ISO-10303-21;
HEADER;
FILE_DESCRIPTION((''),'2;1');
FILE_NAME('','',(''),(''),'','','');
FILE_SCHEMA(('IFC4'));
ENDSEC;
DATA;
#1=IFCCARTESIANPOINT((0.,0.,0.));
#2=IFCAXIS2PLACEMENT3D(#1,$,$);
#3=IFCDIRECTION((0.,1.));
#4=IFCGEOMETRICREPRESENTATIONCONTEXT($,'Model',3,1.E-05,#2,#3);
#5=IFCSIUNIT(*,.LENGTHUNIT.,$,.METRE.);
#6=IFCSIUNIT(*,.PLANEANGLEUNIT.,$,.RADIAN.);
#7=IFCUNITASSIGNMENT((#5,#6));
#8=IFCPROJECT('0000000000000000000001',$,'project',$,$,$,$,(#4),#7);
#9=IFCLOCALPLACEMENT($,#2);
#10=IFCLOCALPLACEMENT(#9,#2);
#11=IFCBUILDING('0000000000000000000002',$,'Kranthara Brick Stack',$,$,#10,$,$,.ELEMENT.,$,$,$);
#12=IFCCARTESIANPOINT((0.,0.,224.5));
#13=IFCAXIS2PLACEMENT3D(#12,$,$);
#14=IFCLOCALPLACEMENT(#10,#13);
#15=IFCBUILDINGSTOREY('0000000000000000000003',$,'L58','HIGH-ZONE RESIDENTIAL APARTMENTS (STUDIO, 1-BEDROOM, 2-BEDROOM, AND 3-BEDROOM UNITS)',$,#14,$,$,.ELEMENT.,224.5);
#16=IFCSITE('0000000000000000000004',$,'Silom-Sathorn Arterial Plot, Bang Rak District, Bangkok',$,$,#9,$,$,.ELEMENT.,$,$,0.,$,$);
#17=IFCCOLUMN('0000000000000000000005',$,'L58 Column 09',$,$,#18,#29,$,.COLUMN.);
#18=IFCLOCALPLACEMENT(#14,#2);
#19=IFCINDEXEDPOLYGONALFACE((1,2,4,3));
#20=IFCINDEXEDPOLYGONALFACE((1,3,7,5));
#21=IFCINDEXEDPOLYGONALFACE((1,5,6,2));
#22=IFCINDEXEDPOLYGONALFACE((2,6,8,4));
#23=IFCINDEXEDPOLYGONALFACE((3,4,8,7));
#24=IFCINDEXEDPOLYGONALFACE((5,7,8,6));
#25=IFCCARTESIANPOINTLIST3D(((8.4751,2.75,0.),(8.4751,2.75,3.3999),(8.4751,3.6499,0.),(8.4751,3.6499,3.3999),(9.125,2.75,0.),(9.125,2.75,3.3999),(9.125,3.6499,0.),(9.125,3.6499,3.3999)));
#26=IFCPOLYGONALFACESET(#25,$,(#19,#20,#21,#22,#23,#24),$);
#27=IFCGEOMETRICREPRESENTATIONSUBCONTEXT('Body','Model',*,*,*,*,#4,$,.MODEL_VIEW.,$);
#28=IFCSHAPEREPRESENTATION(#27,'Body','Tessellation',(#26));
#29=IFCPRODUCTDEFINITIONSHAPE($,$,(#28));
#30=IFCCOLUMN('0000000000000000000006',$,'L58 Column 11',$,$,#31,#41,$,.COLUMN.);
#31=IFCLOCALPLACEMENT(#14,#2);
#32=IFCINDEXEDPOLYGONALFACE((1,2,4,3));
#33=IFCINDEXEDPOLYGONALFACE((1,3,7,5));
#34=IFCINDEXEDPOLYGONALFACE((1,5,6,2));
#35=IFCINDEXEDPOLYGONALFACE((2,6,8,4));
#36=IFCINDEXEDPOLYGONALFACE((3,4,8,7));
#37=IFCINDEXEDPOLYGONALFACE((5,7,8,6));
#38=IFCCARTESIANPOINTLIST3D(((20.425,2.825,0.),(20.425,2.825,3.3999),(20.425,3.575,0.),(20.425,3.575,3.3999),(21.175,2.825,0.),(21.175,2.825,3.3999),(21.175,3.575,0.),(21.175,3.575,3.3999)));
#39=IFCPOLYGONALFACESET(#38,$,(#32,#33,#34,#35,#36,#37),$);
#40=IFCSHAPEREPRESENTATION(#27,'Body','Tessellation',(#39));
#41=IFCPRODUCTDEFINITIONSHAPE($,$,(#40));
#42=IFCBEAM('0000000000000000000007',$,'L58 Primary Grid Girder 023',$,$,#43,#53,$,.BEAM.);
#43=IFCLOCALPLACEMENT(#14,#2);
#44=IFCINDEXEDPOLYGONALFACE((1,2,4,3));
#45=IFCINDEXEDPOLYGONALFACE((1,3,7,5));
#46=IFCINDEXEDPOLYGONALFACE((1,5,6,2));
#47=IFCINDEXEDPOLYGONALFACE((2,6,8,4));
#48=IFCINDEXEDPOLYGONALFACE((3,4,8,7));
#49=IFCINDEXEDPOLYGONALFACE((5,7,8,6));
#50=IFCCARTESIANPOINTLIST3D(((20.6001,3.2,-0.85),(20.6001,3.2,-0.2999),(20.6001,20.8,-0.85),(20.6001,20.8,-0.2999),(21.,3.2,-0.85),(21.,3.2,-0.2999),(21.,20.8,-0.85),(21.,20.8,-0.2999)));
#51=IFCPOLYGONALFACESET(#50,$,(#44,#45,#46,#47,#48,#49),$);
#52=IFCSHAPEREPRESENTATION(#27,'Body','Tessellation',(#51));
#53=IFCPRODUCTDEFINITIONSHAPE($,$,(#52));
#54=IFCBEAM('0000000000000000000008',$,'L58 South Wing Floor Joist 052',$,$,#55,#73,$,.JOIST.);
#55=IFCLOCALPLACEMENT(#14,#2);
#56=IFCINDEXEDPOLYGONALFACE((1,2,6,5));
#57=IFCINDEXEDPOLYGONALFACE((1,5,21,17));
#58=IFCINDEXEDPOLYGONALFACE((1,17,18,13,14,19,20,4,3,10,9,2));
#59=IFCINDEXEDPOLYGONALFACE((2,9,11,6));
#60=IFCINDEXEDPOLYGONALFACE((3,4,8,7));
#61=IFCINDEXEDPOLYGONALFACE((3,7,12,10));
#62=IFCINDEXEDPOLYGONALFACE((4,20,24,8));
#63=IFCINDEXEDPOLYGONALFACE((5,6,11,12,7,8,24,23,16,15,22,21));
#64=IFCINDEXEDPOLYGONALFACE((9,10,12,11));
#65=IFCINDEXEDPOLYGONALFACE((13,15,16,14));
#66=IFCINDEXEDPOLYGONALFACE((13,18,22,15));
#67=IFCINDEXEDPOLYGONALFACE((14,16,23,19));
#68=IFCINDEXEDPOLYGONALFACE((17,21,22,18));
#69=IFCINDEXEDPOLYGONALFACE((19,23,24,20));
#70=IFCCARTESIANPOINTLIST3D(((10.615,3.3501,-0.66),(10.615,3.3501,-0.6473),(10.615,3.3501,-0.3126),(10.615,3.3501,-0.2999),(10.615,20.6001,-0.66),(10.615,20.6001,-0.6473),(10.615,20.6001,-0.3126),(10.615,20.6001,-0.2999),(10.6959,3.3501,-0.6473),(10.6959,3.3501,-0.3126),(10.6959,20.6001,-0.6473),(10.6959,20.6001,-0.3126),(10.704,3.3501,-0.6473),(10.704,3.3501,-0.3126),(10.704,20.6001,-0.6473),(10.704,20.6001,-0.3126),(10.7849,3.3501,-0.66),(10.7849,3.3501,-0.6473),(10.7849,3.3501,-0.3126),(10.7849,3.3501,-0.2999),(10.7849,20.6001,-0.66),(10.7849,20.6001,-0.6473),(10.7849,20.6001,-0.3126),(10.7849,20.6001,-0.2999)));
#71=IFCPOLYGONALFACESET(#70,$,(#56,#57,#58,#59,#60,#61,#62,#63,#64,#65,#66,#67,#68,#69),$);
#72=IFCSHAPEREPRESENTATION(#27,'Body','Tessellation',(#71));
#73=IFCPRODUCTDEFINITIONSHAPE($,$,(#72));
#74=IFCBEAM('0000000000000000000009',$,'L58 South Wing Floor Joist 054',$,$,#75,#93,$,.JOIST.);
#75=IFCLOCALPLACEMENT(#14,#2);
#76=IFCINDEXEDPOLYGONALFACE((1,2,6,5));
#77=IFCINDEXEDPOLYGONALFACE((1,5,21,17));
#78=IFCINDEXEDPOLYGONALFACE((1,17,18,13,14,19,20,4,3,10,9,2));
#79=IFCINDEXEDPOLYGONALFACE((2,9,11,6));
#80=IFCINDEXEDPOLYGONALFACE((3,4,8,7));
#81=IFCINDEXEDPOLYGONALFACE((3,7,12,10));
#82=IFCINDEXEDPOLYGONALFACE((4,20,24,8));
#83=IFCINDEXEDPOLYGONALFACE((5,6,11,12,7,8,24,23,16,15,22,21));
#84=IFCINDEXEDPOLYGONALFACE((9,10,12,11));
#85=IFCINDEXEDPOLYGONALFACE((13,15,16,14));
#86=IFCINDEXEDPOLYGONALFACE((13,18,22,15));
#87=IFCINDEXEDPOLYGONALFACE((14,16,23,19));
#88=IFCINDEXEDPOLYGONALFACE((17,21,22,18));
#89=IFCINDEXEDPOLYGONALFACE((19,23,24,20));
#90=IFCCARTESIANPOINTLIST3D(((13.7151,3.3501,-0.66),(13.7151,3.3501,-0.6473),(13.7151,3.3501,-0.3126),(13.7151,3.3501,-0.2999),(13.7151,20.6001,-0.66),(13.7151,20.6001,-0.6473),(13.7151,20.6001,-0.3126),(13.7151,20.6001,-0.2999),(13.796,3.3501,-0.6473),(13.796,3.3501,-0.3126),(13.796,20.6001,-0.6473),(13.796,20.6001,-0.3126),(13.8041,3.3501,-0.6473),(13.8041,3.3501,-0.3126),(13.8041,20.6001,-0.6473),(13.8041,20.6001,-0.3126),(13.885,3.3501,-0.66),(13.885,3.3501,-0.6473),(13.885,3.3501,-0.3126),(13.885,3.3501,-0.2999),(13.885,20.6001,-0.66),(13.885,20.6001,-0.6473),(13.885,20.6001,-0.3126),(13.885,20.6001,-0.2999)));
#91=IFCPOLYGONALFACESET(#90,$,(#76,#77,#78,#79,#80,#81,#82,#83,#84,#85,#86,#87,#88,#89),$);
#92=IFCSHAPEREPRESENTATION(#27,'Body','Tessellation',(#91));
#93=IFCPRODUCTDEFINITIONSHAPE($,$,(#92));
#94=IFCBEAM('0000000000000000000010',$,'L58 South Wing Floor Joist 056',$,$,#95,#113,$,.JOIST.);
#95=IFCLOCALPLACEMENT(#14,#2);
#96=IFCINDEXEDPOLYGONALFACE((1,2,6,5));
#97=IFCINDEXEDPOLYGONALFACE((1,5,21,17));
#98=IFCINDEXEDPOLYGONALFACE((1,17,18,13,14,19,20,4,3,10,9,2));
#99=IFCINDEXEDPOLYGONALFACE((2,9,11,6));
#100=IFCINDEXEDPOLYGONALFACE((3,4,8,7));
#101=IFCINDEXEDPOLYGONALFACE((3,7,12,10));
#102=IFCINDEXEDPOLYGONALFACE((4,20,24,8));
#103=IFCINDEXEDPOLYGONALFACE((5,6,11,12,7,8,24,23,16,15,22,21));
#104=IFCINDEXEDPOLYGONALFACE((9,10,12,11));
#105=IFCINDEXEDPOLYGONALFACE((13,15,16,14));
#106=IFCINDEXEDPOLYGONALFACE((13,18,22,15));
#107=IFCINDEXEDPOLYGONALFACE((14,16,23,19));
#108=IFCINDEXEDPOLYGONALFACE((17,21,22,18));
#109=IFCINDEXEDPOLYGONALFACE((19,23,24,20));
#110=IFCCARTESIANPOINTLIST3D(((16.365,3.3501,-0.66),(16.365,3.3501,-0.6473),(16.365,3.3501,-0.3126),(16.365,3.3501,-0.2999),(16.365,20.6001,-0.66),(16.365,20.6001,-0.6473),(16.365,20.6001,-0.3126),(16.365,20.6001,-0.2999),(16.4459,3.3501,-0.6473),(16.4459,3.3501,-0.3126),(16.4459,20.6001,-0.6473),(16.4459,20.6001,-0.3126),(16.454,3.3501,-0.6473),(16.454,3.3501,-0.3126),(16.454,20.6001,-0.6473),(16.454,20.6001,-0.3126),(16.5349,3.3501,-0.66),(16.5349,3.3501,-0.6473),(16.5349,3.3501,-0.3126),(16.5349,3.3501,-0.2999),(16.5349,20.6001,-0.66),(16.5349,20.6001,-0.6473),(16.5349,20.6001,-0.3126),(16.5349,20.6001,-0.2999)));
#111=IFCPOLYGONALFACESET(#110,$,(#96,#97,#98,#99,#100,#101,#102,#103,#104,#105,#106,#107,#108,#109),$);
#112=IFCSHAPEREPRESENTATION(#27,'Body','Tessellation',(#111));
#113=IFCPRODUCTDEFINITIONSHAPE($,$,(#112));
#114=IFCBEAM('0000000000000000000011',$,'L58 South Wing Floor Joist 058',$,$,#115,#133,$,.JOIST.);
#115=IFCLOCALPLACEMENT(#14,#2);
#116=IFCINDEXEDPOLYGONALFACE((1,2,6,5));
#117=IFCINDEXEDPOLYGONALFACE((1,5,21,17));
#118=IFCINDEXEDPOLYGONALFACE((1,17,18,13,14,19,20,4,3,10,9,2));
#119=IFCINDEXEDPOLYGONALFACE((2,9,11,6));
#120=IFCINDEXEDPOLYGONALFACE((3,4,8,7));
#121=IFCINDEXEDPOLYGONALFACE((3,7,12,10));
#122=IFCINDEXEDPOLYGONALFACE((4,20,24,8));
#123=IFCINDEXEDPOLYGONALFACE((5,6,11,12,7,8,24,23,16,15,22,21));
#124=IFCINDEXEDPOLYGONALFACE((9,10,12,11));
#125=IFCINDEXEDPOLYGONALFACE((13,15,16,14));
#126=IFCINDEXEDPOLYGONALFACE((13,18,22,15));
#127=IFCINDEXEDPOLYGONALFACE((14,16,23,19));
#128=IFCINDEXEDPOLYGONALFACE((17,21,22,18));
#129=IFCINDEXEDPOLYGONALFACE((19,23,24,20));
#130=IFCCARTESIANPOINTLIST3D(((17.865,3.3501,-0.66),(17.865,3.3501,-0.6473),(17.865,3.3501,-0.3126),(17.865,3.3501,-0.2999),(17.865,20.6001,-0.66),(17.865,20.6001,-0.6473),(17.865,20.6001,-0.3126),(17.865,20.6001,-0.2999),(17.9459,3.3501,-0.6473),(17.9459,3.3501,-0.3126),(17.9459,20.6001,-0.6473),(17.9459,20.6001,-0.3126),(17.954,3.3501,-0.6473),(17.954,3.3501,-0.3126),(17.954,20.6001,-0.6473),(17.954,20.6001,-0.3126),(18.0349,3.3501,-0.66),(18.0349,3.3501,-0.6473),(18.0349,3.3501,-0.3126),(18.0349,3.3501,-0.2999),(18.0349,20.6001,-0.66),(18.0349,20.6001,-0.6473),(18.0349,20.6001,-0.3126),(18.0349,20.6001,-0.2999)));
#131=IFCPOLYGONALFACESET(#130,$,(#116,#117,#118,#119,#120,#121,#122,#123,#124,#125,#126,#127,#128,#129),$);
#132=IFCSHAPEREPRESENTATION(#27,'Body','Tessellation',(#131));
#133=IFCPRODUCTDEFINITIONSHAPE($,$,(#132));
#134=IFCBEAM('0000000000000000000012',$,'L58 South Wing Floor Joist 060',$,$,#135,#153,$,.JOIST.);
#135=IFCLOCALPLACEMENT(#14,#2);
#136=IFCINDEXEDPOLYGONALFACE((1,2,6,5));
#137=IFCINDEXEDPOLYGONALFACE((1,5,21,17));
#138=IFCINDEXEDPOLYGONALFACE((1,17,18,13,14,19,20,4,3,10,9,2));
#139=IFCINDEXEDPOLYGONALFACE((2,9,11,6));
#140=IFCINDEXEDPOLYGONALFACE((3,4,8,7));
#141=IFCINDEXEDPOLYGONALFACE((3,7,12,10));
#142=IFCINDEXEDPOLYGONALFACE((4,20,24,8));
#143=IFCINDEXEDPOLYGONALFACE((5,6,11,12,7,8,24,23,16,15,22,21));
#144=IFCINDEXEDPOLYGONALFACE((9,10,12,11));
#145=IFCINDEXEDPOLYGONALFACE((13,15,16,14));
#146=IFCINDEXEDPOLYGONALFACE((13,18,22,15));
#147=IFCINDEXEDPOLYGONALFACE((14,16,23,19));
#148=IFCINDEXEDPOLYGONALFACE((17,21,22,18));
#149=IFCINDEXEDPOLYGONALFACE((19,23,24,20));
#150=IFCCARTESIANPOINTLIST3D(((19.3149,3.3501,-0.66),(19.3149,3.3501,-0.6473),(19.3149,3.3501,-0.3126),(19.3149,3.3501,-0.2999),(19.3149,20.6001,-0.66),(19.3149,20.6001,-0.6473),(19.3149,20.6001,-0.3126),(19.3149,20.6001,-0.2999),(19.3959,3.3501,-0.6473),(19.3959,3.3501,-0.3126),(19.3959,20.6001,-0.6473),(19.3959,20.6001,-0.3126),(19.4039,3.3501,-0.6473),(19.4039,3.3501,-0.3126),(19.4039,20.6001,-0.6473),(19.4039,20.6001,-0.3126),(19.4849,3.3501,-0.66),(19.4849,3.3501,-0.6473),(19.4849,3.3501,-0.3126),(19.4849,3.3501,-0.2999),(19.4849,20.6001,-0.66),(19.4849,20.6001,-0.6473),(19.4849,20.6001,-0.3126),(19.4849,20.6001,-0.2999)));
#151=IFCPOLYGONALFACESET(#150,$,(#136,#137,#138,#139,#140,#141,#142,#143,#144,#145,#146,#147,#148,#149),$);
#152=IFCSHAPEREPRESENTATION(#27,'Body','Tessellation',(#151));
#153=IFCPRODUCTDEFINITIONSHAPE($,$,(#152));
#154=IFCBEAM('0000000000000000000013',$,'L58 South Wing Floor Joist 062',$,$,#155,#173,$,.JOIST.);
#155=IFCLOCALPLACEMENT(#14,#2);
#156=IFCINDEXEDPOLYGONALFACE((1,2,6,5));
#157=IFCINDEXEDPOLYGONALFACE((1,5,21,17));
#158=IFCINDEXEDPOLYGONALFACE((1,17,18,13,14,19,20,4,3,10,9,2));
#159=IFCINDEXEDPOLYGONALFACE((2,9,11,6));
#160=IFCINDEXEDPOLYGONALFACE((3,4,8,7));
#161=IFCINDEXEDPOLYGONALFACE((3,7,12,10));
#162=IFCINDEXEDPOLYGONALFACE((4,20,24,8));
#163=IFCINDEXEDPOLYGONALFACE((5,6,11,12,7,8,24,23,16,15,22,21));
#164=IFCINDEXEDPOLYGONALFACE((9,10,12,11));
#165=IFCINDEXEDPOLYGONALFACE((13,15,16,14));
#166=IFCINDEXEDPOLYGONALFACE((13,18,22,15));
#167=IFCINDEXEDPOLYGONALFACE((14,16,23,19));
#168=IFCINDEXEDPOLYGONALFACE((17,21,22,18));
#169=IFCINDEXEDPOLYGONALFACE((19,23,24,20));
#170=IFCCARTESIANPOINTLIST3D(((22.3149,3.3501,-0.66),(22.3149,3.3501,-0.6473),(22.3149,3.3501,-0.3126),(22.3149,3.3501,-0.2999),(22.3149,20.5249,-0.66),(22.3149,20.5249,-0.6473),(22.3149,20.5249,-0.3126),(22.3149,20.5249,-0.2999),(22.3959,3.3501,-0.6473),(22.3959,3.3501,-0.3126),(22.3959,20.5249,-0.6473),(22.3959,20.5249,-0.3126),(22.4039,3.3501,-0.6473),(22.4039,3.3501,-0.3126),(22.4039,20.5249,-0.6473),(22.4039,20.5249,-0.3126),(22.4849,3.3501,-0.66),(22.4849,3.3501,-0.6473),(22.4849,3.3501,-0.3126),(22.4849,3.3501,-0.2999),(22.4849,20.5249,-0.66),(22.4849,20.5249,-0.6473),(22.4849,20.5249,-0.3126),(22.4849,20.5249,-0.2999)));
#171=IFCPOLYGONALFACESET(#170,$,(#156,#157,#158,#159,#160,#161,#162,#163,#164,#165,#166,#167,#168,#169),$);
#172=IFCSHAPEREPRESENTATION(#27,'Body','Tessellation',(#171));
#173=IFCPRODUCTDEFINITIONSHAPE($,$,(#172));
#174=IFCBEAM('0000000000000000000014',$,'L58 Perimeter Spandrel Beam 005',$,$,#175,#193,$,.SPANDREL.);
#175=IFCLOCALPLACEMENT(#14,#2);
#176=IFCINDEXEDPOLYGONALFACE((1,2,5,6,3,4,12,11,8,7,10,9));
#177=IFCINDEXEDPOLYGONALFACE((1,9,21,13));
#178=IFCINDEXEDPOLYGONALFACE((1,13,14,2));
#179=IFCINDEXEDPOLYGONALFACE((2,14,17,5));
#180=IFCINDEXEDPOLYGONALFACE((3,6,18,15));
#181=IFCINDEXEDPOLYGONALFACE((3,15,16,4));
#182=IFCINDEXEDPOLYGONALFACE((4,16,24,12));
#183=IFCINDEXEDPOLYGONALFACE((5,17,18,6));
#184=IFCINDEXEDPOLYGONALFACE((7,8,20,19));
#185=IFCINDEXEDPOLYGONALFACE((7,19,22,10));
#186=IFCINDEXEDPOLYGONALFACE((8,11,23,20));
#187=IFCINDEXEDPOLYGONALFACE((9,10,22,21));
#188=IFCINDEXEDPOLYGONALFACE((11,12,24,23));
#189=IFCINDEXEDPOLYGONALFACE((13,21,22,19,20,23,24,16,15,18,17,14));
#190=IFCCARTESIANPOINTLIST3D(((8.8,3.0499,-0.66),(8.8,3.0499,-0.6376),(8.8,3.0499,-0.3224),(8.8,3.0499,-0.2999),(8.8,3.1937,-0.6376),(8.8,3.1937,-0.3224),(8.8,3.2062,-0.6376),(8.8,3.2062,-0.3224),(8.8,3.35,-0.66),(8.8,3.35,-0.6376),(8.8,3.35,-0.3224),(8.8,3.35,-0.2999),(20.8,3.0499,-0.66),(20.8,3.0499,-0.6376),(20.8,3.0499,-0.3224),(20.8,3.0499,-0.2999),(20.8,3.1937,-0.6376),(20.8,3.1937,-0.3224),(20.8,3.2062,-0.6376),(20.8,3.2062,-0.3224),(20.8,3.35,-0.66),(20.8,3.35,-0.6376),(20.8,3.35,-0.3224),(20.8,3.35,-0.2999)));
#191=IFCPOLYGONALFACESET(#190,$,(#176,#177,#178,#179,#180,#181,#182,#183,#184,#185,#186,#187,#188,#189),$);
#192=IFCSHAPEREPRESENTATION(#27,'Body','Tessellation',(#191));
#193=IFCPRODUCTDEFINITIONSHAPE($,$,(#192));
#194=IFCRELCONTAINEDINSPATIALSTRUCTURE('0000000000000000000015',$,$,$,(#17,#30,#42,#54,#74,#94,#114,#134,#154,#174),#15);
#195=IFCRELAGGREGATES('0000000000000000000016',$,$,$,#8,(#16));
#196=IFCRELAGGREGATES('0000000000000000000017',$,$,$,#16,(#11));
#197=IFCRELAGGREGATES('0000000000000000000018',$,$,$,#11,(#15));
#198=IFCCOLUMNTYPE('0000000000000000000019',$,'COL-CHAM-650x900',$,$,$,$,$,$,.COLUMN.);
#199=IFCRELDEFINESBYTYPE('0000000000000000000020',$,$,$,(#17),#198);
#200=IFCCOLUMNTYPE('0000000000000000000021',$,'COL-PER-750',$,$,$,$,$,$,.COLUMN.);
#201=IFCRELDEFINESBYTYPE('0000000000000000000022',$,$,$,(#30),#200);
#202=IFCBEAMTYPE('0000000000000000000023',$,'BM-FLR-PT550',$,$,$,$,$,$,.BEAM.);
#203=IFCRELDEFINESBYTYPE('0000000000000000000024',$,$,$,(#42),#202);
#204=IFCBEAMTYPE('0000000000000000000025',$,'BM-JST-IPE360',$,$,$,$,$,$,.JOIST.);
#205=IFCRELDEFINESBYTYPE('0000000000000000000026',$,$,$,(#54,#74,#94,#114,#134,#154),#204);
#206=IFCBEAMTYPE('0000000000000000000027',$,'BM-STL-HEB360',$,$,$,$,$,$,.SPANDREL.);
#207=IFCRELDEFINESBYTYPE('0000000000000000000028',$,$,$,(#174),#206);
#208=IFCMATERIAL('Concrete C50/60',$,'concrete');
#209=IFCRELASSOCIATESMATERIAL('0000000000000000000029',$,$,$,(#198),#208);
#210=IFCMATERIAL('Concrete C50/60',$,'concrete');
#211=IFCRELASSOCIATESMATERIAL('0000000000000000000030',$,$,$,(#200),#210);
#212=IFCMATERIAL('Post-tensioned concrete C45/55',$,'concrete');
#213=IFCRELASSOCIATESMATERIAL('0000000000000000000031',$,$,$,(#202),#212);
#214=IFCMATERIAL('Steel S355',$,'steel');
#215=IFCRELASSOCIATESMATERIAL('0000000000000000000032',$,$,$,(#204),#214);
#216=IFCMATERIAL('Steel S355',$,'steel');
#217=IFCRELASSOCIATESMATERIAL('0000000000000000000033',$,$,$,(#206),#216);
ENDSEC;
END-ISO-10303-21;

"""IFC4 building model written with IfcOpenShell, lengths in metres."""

from ifc_helpers import new_model, si_unit, direction, frame, origin, origin_2d, place, context, subcontext, project, spatial, rectangle, i_section, extrude, material, material_profile, profile_set, type_object, element, save


model = new_model("IFC4")

# Units and contexts
model_context = context("Model", 3, precision=1e-05, world=origin(), true_north=direction((0.0, 1.0)))
body_context = subcontext(model_context, "Body", "Model", "MODEL_VIEW")
ifc_project = project(units=[si_unit("LENGTHUNIT", "METRE"), si_unit("PLANEANGLEUNIT", "RADIAN")], contexts=[model_context])

# Site, building, storey
site_placement = place(None, origin())
site = spatial("IfcSite", under=ifc_project, at=site_placement, Name="Silom-Sathorn Arterial Plot, Bang Rak District, Bangkok", CompositionType="ELEMENT", RefElevation=0.0)
building_placement = place(site_placement, origin())
building = spatial("IfcBuilding", under=site, at=building_placement, Name="Kranthara Brick Stack", CompositionType="ELEMENT")
storey_placement = place(building_placement, frame((0.0, 0.0, 224.5)))
storey = spatial("IfcBuildingStorey", under=building, at=storey_placement, Name="L58", Description="HIGH-ZONE RESIDENTIAL APARTMENTS (STUDIO, 1-BEDROOM, 2-BEDROOM, AND 3-BEDROOM UNITS)", CompositionType="ELEMENT", Elevation=224.5)

# Columns
ifc_material_1 = material(Name="Concrete C50/60", Category="concrete")
ifc_material_profile_1 = material_profile(ifc_material_1, rectangle(XDim=0.6499, YDim=0.8999, at=origin_2d()), Name="RC 650x900")
ifc_profile_set_1 = profile_set([ifc_material_profile_1], Name="Concrete C50/60")
column_type_1 = type_object("IfcColumnType", Name="COL-CHAM-650x900", PredefinedType="COLUMN", material=ifc_profile_set_1)
column_1_placement = place(storey_placement, frame((8.8, 3.2, 0.0), z_axis=(0.0, 0.0, 1.0), x_axis=(1.0, 0.0, 0.0)))
element("IfcColumn", 1, at=column_1_placement, inside=storey, type_object=column_type_1, Name="L58 Column 09", PredefinedType="COLUMN", context=body_context, shape_type="SweptSolid", body=[
    extrude(rectangle(XDim=0.6499, YDim=0.8999, at=origin_2d()), origin(), (0.0, 0.0, 1.0), 3.3999),
])
ifc_material_2 = material(Name="Concrete C50/60", Category="concrete")
ifc_material_profile_2 = material_profile(ifc_material_2, rectangle(XDim=0.75, YDim=0.75, at=origin_2d()), Name="RC 750x750")
ifc_profile_set_2 = profile_set([ifc_material_profile_2], Name="Concrete C50/60")
column_type_2 = type_object("IfcColumnType", Name="COL-PER-750", PredefinedType="COLUMN", material=ifc_profile_set_2)
column_2_placement = place(storey_placement, frame((20.8, 3.2, 0.0), z_axis=(0.0, 0.0, 1.0), x_axis=(1.0, 0.0, 0.0)))
element("IfcColumn", 2, at=column_2_placement, inside=storey, type_object=column_type_2, Name="L58 Column 11", PredefinedType="COLUMN", context=body_context, shape_type="SweptSolid", body=[
    extrude(rectangle(XDim=0.75, YDim=0.75, at=origin_2d()), origin(), (0.0, 0.0, 1.0), 3.3999),
])

# Beams
ifc_material_3 = material(Name="Post-tensioned concrete C45/55", Category="concrete")
ifc_material_profile_3 = material_profile(ifc_material_3, rectangle(XDim=0.3999, YDim=0.55, at=origin_2d()), Name="PT 400x550")
ifc_profile_set_3 = profile_set([ifc_material_profile_3], Name="Post-tensioned concrete C45/55")
beam_type_1 = type_object("IfcBeamType", Name="BM-FLR-PT550", PredefinedType="BEAM", material=ifc_profile_set_3)
beam_1_placement = place(storey_placement, frame((20.8, 3.2, -0.575), z_axis=(0.0, 1.0, 0.0), x_axis=(-1.0, 0.0, 0.0)))
element("IfcBeam", 3, at=beam_1_placement, inside=storey, type_object=beam_type_1, Name="L58 Primary Grid Girder 023", PredefinedType="BEAM", context=body_context, shape_type="SweptSolid", body=[
    extrude(rectangle(XDim=0.3999, YDim=0.55, at=origin_2d()), origin(), (0.0, 0.0, 1.0), 17.6001),
])
ifc_material_4 = material(Name="Steel S355", Category="steel")
ifc_material_profile_4 = material_profile(ifc_material_4, i_section(OverallWidth=0.1699, OverallDepth=0.3601, WebThickness=0.0081, FlangeThickness=0.0127, at=origin_2d()), Name="IPE 360")
ifc_profile_set_4 = profile_set([ifc_material_profile_4], Name="Steel S355")
beam_type_2 = type_object("IfcBeamType", Name="BM-JST-IPE360", PredefinedType="JOIST", material=ifc_profile_set_4)
for number, where, z_axis, x_axis, name in (
    (4, (10.7, 3.3501, -0.48), (0.0, 1.0, 0.0), (-1.0, 0.0, 0.0), "L58 South Wing Floor Joist 052"),
    (5, (13.8, 3.3501, -0.48), (0.0, 1.0, 0.0), (-1.0, 0.0, 0.0), "L58 South Wing Floor Joist 054"),
    (6, (16.45, 3.3501, -0.48), (0.0, 1.0, 0.0), (-1.0, 0.0, 0.0), "L58 South Wing Floor Joist 056"),
    (7, (17.95, 3.3501, -0.48), (0.0, 1.0, 0.0), (-1.0, 0.0, 0.0), "L58 South Wing Floor Joist 058"),
    (8, (19.3999, 3.3501, -0.48), (0.0, 1.0, 0.0), (-1.0, 0.0, 0.0), "L58 South Wing Floor Joist 060"),
):
    element("IfcBeam", number, at=place(storey_placement, frame(where, z_axis=z_axis, x_axis=x_axis)), inside=storey, type_object=beam_type_2, Name=name, PredefinedType="JOIST", context=body_context, shape_type="SweptSolid", body=[
        extrude(i_section(OverallWidth=0.1699, OverallDepth=0.3601, WebThickness=0.0081, FlangeThickness=0.0127, at=origin_2d()), origin(), (0.0, 0.0, 1.0), 17.25),
    ])
beam_2_placement = place(storey_placement, frame((22.3999, 3.3501, -0.48), z_axis=(0.0, 1.0, 0.0), x_axis=(-1.0, 0.0, 0.0)))
element("IfcBeam", 9, at=beam_2_placement, inside=storey, type_object=beam_type_2, Name="L58 South Wing Floor Joist 062", PredefinedType="JOIST", context=body_context, shape_type="SweptSolid", body=[
    extrude(i_section(OverallWidth=0.1699, OverallDepth=0.3601, WebThickness=0.0081, FlangeThickness=0.0127, at=origin_2d()), origin(), (0.0, 0.0, 1.0), 17.1748),
])
ifc_material_5 = material(Name="Steel S355", Category="steel")
ifc_material_profile_5 = material_profile(ifc_material_5, i_section(OverallWidth=0.3, OverallDepth=0.3601, WebThickness=0.0125, FlangeThickness=0.0225, at=origin_2d()), Name="HEB 360")
ifc_profile_set_5 = profile_set([ifc_material_profile_5], Name="Steel S355")
beam_type_3 = type_object("IfcBeamType", Name="BM-STL-HEB360", PredefinedType="SPANDREL", material=ifc_profile_set_5)
beam_3_placement = place(storey_placement, frame((8.8, 3.2, -0.48), z_axis=(1.0, 0.0, 0.0), x_axis=(0.0, 1.0, 0.0)))
element("IfcBeam", 10, at=beam_3_placement, inside=storey, type_object=beam_type_3, Name="L58 Perimeter Spandrel Beam 005", PredefinedType="SPANDREL", context=body_context, shape_type="SweptSolid", body=[
    extrude(i_section(OverallWidth=0.3, OverallDepth=0.3601, WebThickness=0.0125, FlangeThickness=0.0225, at=origin_2d()), origin(), (0.0, 0.0, 1.0), 12.0),
])

save(model, "model.ifc")
